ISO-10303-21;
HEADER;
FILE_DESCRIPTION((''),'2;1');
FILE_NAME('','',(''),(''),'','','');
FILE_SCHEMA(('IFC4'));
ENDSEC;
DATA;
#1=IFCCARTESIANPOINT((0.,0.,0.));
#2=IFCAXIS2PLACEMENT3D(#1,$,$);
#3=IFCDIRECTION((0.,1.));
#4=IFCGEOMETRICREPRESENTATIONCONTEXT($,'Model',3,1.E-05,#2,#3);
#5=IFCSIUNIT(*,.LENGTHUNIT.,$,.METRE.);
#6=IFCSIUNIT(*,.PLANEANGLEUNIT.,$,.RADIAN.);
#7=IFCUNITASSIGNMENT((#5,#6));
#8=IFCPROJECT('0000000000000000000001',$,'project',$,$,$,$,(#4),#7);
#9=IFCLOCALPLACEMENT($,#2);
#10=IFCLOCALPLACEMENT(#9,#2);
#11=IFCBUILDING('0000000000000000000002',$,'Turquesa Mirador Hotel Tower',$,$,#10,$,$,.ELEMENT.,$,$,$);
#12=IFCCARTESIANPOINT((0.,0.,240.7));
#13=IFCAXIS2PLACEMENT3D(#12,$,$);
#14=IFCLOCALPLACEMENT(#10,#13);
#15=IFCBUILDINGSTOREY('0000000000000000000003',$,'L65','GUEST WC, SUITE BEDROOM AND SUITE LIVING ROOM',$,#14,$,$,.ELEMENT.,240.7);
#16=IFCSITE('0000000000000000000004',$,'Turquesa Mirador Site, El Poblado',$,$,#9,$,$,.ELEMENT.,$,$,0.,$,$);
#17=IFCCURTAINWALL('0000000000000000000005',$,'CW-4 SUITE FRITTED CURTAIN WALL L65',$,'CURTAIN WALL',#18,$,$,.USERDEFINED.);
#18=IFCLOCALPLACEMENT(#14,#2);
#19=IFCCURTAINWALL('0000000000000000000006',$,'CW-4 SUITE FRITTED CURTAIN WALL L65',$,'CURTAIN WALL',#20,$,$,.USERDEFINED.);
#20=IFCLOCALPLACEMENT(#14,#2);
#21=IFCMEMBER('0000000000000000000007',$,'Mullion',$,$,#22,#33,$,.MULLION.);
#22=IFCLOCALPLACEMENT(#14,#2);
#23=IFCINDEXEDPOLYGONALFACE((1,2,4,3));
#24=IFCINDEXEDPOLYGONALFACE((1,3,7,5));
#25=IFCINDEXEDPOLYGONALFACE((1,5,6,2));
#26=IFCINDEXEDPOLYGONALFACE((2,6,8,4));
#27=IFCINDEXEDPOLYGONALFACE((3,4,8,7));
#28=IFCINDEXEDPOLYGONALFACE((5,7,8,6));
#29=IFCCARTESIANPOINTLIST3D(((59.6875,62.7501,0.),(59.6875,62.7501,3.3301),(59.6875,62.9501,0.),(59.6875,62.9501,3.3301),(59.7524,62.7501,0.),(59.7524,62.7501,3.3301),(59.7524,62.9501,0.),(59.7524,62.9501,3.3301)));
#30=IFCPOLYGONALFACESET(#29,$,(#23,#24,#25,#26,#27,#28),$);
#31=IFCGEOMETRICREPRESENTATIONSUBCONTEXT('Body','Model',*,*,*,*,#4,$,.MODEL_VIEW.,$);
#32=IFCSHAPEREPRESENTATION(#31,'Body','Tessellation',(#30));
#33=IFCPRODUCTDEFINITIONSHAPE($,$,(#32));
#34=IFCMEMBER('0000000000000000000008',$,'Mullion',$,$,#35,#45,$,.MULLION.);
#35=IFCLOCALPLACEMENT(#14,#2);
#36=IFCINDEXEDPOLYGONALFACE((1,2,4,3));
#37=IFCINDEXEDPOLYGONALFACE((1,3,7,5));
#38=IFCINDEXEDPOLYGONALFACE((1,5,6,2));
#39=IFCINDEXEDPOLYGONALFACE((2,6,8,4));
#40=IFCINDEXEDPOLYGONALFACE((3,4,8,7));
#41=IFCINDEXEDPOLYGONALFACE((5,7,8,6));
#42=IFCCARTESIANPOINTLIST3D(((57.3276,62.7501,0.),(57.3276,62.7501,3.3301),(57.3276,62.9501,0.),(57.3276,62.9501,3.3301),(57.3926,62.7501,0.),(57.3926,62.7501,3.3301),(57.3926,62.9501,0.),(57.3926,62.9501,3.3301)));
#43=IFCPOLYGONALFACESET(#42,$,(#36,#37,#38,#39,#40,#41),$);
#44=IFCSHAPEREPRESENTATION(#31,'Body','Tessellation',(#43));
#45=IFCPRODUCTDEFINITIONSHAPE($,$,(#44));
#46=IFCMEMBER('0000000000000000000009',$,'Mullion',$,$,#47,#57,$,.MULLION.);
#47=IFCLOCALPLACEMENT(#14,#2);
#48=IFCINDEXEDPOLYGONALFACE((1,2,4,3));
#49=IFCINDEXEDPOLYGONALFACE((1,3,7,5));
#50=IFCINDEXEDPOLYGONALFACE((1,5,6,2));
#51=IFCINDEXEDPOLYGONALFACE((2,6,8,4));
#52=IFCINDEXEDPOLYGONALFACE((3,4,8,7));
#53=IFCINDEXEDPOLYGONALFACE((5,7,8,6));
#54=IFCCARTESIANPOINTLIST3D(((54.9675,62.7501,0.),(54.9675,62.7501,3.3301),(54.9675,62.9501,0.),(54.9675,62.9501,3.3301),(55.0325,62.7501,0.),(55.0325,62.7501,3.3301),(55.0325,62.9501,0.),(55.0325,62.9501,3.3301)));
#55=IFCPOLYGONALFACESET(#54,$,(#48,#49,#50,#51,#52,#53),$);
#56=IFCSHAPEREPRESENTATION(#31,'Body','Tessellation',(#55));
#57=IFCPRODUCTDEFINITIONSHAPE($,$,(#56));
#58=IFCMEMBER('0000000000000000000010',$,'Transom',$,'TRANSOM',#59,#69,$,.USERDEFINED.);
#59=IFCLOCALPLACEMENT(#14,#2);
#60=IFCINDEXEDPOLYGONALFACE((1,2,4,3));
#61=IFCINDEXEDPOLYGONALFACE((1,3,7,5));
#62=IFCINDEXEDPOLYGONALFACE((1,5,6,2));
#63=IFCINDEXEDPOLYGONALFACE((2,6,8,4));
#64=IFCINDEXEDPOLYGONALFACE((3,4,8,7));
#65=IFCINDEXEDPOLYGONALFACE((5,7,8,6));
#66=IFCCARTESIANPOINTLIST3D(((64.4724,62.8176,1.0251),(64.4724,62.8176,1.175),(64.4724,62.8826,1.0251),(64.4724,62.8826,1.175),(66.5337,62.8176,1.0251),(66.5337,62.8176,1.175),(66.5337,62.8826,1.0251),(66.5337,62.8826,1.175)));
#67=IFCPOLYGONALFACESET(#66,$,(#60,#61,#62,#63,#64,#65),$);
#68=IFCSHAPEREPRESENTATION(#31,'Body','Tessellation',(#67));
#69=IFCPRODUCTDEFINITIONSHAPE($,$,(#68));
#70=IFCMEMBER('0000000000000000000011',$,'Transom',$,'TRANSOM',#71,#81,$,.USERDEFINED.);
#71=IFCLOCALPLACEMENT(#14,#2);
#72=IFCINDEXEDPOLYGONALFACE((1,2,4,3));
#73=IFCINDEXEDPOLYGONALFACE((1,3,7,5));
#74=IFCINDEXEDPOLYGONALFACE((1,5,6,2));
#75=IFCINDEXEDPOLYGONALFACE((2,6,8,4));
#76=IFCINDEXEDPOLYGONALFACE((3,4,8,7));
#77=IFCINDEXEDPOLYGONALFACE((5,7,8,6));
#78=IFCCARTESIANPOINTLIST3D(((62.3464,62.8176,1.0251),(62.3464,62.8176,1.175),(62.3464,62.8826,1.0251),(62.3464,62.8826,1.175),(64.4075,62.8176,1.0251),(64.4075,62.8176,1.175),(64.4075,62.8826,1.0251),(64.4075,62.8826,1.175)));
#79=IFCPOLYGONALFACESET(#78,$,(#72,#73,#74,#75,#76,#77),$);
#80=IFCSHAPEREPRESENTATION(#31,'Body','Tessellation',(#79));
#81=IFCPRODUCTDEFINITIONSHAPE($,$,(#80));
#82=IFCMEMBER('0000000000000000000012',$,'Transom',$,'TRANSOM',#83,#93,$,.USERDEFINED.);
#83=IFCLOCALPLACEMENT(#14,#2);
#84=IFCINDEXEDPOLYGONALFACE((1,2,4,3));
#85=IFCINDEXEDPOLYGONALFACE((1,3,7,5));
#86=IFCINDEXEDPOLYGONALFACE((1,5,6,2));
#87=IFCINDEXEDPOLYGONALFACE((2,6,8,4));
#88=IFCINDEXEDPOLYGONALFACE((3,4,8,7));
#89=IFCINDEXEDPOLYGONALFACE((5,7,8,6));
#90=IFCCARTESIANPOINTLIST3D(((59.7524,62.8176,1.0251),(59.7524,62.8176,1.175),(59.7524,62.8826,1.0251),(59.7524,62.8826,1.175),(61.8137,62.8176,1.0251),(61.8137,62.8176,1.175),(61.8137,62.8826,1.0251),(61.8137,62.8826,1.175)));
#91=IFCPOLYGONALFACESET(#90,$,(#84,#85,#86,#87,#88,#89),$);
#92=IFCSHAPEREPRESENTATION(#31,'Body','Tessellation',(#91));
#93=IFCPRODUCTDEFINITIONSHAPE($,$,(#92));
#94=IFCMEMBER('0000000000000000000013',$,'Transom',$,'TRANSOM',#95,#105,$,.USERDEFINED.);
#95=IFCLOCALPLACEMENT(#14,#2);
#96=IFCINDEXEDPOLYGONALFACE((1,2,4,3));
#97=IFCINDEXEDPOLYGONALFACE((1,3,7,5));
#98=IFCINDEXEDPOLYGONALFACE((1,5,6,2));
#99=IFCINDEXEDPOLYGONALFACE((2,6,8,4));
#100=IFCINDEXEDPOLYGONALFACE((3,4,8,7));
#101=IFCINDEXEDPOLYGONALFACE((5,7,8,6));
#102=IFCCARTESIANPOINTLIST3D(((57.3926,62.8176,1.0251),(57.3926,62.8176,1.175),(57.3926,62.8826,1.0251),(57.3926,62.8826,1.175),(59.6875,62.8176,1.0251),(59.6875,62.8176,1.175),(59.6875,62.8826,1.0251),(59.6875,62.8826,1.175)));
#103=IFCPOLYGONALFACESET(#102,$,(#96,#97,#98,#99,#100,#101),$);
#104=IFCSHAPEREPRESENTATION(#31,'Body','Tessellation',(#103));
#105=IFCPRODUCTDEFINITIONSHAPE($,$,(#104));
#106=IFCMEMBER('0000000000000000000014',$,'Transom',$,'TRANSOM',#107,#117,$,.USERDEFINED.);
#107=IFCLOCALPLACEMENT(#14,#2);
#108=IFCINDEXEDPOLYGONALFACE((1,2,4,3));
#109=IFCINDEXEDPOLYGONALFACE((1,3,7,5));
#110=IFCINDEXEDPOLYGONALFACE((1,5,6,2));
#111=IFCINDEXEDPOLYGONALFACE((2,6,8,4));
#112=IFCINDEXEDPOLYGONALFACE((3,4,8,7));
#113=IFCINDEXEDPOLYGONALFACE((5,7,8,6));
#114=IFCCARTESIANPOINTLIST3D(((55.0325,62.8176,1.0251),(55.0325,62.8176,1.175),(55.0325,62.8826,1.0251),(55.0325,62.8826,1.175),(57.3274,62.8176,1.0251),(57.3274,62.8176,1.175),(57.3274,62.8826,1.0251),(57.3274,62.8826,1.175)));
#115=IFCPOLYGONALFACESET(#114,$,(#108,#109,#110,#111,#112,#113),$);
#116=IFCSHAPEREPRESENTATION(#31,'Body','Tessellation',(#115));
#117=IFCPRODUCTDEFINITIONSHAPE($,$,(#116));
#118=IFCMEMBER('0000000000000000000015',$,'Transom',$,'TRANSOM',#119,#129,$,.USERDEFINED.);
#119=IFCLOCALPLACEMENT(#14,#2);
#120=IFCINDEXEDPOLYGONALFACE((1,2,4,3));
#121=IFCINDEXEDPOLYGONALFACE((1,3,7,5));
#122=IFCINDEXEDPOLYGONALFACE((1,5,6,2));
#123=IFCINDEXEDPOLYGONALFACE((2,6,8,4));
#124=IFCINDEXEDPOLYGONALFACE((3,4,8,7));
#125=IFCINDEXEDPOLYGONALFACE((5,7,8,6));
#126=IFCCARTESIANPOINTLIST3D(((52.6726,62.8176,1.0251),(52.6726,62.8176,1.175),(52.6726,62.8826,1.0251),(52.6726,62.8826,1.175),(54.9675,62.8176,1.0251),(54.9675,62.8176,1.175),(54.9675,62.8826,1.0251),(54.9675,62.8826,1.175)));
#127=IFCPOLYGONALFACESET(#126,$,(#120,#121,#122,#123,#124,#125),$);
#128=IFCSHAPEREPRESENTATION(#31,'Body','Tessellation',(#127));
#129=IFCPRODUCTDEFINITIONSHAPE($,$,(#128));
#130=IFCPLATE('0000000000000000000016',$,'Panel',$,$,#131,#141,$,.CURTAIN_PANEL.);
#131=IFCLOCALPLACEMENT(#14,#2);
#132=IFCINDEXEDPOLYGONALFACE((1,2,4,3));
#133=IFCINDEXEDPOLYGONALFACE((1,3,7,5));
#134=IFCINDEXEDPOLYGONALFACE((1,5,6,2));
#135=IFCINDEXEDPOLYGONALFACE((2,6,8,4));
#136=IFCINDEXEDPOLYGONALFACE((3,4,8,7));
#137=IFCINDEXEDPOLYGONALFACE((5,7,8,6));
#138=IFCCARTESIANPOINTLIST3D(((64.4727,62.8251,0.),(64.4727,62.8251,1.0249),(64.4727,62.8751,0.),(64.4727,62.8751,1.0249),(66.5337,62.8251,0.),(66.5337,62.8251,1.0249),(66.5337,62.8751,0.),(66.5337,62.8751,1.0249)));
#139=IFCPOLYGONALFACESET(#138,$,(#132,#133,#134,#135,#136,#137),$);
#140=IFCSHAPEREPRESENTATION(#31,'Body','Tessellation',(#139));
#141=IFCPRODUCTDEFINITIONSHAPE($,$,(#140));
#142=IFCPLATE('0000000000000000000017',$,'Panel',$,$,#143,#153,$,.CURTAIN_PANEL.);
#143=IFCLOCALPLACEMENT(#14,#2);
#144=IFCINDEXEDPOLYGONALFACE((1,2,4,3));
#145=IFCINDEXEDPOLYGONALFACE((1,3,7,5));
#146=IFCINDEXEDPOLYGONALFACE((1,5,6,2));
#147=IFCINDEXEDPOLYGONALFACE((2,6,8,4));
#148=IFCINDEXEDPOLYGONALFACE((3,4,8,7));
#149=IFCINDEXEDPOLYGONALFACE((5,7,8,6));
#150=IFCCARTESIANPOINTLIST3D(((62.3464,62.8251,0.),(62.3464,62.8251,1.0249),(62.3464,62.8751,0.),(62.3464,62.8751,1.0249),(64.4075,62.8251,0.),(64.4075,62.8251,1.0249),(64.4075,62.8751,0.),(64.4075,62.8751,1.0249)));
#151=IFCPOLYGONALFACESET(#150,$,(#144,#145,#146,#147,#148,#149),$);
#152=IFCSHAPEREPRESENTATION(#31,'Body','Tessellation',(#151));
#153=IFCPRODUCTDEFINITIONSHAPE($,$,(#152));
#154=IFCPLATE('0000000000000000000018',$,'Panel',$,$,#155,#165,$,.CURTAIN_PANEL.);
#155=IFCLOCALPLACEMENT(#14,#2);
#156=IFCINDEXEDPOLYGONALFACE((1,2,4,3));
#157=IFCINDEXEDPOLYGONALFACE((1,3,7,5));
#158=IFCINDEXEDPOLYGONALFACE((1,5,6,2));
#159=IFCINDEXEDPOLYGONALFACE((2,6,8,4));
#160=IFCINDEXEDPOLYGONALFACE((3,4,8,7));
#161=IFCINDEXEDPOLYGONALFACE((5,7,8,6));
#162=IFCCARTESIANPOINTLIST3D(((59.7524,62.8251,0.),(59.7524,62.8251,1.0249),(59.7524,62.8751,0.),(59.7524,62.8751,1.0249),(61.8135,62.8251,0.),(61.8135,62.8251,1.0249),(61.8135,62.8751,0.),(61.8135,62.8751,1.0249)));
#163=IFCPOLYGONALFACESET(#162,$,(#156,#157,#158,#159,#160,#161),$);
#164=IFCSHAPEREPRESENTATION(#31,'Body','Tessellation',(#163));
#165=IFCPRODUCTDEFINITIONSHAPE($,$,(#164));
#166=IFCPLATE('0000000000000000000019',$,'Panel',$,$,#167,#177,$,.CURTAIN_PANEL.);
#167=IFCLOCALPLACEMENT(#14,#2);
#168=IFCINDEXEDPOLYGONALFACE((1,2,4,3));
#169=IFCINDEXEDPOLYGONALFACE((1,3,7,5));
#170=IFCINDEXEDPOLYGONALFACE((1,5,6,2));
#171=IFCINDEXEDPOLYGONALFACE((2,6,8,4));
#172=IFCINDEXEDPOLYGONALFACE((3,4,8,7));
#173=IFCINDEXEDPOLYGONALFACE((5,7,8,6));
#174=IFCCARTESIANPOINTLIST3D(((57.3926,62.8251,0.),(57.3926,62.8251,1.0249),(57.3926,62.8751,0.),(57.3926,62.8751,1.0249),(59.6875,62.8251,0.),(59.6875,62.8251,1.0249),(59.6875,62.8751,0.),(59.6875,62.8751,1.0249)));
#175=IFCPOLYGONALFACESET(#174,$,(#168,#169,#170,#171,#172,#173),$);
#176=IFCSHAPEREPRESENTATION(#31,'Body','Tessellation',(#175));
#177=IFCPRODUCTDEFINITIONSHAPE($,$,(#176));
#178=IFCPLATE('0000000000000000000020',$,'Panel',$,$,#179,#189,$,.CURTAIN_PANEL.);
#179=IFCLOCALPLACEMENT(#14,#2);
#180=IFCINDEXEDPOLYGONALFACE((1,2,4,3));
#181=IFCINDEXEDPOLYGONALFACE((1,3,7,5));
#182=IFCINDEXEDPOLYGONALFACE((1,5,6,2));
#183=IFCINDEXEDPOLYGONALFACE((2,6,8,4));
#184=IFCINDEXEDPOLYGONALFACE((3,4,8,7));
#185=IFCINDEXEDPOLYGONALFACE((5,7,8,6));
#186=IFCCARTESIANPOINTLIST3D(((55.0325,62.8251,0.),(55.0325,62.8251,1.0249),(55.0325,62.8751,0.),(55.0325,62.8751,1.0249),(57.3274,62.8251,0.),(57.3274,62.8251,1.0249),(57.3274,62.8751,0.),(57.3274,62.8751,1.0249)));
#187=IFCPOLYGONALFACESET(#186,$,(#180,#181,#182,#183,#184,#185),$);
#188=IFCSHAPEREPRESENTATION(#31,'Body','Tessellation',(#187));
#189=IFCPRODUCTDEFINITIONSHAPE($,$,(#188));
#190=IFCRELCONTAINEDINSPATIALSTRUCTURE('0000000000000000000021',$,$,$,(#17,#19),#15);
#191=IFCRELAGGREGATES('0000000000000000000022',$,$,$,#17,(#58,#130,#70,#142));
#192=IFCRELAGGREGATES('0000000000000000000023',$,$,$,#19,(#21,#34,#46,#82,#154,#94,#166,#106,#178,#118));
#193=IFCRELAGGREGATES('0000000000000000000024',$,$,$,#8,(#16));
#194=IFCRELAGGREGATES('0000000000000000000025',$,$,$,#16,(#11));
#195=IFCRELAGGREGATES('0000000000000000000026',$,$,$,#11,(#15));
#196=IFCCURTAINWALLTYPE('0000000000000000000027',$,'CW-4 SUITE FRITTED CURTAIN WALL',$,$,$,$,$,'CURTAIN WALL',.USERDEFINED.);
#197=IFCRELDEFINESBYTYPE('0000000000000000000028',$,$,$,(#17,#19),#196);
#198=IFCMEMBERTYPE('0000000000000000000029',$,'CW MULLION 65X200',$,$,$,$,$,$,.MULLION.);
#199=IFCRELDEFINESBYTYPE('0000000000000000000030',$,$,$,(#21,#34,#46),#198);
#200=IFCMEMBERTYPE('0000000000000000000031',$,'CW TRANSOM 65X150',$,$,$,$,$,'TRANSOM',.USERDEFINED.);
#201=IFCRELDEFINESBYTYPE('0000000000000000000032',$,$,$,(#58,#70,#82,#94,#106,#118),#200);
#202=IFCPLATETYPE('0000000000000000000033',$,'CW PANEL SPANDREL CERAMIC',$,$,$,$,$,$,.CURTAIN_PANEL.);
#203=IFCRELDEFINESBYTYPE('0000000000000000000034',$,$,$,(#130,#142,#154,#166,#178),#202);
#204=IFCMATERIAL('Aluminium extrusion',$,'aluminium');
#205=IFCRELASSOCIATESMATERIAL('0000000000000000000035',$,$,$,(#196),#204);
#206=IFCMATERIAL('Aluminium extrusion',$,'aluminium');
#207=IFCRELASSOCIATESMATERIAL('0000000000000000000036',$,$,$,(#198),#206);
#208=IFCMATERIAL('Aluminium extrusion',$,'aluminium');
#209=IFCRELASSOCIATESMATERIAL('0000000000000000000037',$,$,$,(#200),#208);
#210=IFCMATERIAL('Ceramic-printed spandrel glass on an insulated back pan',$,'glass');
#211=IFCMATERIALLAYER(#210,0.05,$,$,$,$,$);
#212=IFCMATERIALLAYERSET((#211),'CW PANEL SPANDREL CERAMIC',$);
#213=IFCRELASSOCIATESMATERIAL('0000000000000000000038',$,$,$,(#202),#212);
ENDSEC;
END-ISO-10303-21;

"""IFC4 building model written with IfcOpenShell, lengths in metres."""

from ifc_helpers import new_model, si_unit, direction, frame, origin, origin_2d, place, context, subcontext, project, spatial, rectangle, extrude, material, layer, layer_set, material_profile, profile_set, type_object, element, aggregate, save


model = new_model("IFC4")

# Units and contexts
model_context = context("Model", 3, precision=1e-05, world=origin(), true_north=direction((0.0, 1.0)))
body_context = subcontext(model_context, "Body", "Model", "MODEL_VIEW")
ifc_project = project(units=[si_unit("LENGTHUNIT", "METRE"), si_unit("PLANEANGLEUNIT", "RADIAN")], contexts=[model_context])

# Site, building, storey
site_placement = place(None, origin())
site = spatial("IfcSite", under=ifc_project, at=site_placement, Name="Turquesa Mirador Site, El Poblado", CompositionType="ELEMENT", RefElevation=0.0)
building_placement = place(site_placement, origin())
building = spatial("IfcBuilding", under=site, at=building_placement, Name="Turquesa Mirador Hotel Tower", CompositionType="ELEMENT")
storey_placement = place(building_placement, frame((0.0, 0.0, 240.7)))
storey = spatial("IfcBuildingStorey", under=building, at=storey_placement, Name="L65", Description="GUEST WC, SUITE BEDROOM AND SUITE LIVING ROOM", CompositionType="ELEMENT", Elevation=240.7)

# Curtain walls, members
ifc_material_1 = material(Name="Aluminium extrusion", Category="aluminium")
curtain_wall_type = type_object("IfcCurtainWallType", Name="CW-4 SUITE FRITTED CURTAIN WALL", ElementType="CURTAIN WALL", PredefinedType="USERDEFINED", material=ifc_material_1)
curtain_wall_1_placement = place(storey_placement, origin())
curtain_wall_1 = element("IfcCurtainWall", 1, at=curtain_wall_1_placement, inside=storey, type_object=curtain_wall_type, Name="CW-4 SUITE FRITTED CURTAIN WALL L65", ObjectType="CURTAIN WALL", PredefinedType="USERDEFINED")
ifc_material_2 = material(Name="Aluminium extrusion", Category="aluminium")
ifc_material_profile_1 = material_profile(ifc_material_2, rectangle(XDim=0.0649, YDim=0.2, at=origin_2d()), Name="MULLION 65X200")
ifc_profile_set_1 = profile_set([ifc_material_profile_1], Name="Aluminium extrusion")
member_type_1 = type_object("IfcMemberType", Name="CW MULLION 65X200", PredefinedType="MULLION", material=ifc_profile_set_1)
curtain_wall_2_placement = place(storey_placement, origin())
curtain_wall_2 = element("IfcCurtainWall", 2, at=curtain_wall_2_placement, inside=storey, type_object=curtain_wall_type, Name="CW-4 SUITE FRITTED CURTAIN WALL L65", ObjectType="CURTAIN WALL", PredefinedType="USERDEFINED")
member_1_placement = place(storey_placement, frame((59.72, 62.8501, 0.0), z_axis=(0.0, 0.0, 1.0), x_axis=(-1.0, 0.0, 0.0)))
member_1 = element("IfcMember", 3, at=member_1_placement, type_object=member_type_1, Name="Mullion", PredefinedType="MULLION", context=body_context, shape_type="SweptSolid", body=[
    extrude(rectangle(XDim=0.0649, YDim=0.2, at=origin_2d()), origin(), (0.0, 0.0, 1.0), 3.3301),
])
member_2_placement = place(storey_placement, frame((57.3601, 62.8501, 0.0), z_axis=(0.0, 0.0, 1.0), x_axis=(-1.0, 0.0, 0.0)))
member_2 = element("IfcMember", 4, at=member_2_placement, type_object=member_type_1, Name="Mullion", PredefinedType="MULLION", context=body_context, shape_type="SweptSolid", body=[
    extrude(rectangle(XDim=0.0649, YDim=0.2, at=origin_2d()), origin(), (0.0, 0.0, 1.0), 3.3301),
])
member_3_placement = place(storey_placement, frame((55.0, 62.8501, 0.0), z_axis=(0.0, 0.0, 1.0), x_axis=(-1.0, 0.0, 0.0)))
member_3 = element("IfcMember", 5, at=member_3_placement, type_object=member_type_1, Name="Mullion", PredefinedType="MULLION", context=body_context, shape_type="SweptSolid", body=[
    extrude(rectangle(XDim=0.0649, YDim=0.2, at=origin_2d()), origin(), (0.0, 0.0, 1.0), 3.3301),
])

# Members
ifc_material_3 = material(Name="Aluminium extrusion", Category="aluminium")
ifc_material_profile_2 = material_profile(ifc_material_3, rectangle(XDim=0.0649, YDim=0.1499, at=origin_2d()), Name="TRANSOM 65X150")
ifc_profile_set_2 = profile_set([ifc_material_profile_2], Name="Aluminium extrusion")
member_type_2 = type_object("IfcMemberType", Name="CW TRANSOM 65X150", ElementType="TRANSOM", PredefinedType="USERDEFINED", material=ifc_profile_set_2)
member_4_placement = place(storey_placement, frame((66.5337, 62.8501, 1.1001), z_axis=(-1.0, 0.0, 0.0), x_axis=(0.0, -1.0, 0.0)))
member_4 = element("IfcMember", 6, at=member_4_placement, type_object=member_type_2, Name="Transom", ObjectType="TRANSOM", PredefinedType="USERDEFINED", context=body_context, shape_type="SweptSolid", body=[
    extrude(rectangle(XDim=0.0649, YDim=0.1499, at=origin_2d()), origin(), (0.0, 0.0, 1.0), 2.0613),
])
member_5_placement = place(storey_placement, frame((64.4075, 62.8501, 1.1001), z_axis=(-1.0, 0.0, 0.0), x_axis=(0.0, -1.0, 0.0)))
member_5 = element("IfcMember", 7, at=member_5_placement, type_object=member_type_2, Name="Transom", ObjectType="TRANSOM", PredefinedType="USERDEFINED", context=body_context, shape_type="SweptSolid", body=[
    extrude(rectangle(XDim=0.0649, YDim=0.1499, at=origin_2d()), origin(), (0.0, 0.0, 1.0), 2.061),
])
member_6_placement = place(storey_placement, frame((61.8137, 62.8501, 1.1001), z_axis=(-1.0, 0.0, 0.0), x_axis=(0.0, -1.0, 0.0)))
member_6 = element("IfcMember", 8, at=member_6_placement, type_object=member_type_2, Name="Transom", ObjectType="TRANSOM", PredefinedType="USERDEFINED", context=body_context, shape_type="SweptSolid", body=[
    extrude(rectangle(XDim=0.0649, YDim=0.1499, at=origin_2d()), origin(), (0.0, 0.0, 1.0), 2.0613),
])
member_7_placement = place(storey_placement, frame((59.6875, 62.8501, 1.1001), z_axis=(-1.0, 0.0, 0.0), x_axis=(0.0, -1.0, 0.0)))
member_7 = element("IfcMember", 9, at=member_7_placement, type_object=member_type_2, Name="Transom", ObjectType="TRANSOM", PredefinedType="USERDEFINED", context=body_context, shape_type="SweptSolid", body=[
    extrude(rectangle(XDim=0.0649, YDim=0.1499, at=origin_2d()), origin(), (0.0, 0.0, 1.0), 2.2949),
])
member_8_placement = place(storey_placement, frame((57.3274, 62.8501, 1.1001), z_axis=(-1.0, 0.0, 0.0), x_axis=(0.0, -1.0, 0.0)))
member_8 = element("IfcMember", 10, at=member_8_placement, type_object=member_type_2, Name="Transom", ObjectType="TRANSOM", PredefinedType="USERDEFINED", context=body_context, shape_type="SweptSolid", body=[
    extrude(rectangle(XDim=0.0649, YDim=0.1499, at=origin_2d()), origin(), (0.0, 0.0, 1.0), 2.2949),
])
member_9_placement = place(storey_placement, frame((54.9675, 62.8501, 1.1001), z_axis=(-1.0, 0.0, 0.0), x_axis=(0.0, -1.0, 0.0)))
member_9 = element("IfcMember", 11, at=member_9_placement, type_object=member_type_2, Name="Transom", ObjectType="TRANSOM", PredefinedType="USERDEFINED", context=body_context, shape_type="SweptSolid", body=[
    extrude(rectangle(XDim=0.0649, YDim=0.1499, at=origin_2d()), origin(), (0.0, 0.0, 1.0), 2.2949),
])

# Plates
ifc_material_4 = material(Name="Ceramic-printed spandrel glass on an insulated back pan", Category="glass")
ifc_layer_1 = layer(ifc_material_4, 0.05)
ifc_layer_set_1 = layer_set([ifc_layer_1], Name="CW PANEL SPANDREL CERAMIC")
plate_type_1 = type_object("IfcPlateType", Name="CW PANEL SPANDREL CERAMIC", PredefinedType="CURTAIN_PANEL", material=ifc_layer_set_1)
plate_1_placement = place(storey_placement, frame((65.5032, 62.8501, 0.0), z_axis=(0.0, 0.0, 1.0), x_axis=(-1.0, 0.0, 0.0)))
plate_1 = element("IfcPlate", 12, at=plate_1_placement, type_object=plate_type_1, Name="Panel", PredefinedType="CURTAIN_PANEL", context=body_context, shape_type="SweptSolid", body=[
    extrude(rectangle(XDim=2.061, YDim=0.05, at=origin_2d()), origin(), (0.0, 0.0, 1.0), 1.0249),
])
plate_2_placement = place(storey_placement, frame((63.377, 62.8501, 0.0), z_axis=(0.0, 0.0, 1.0), x_axis=(-1.0, 0.0, 0.0)))
plate_2 = element("IfcPlate", 13, at=plate_2_placement, type_object=plate_type_1, Name="Panel", PredefinedType="CURTAIN_PANEL", context=body_context, shape_type="SweptSolid", body=[
    extrude(rectangle(XDim=2.061, YDim=0.05, at=origin_2d()), origin(), (0.0, 0.0, 1.0), 1.0249),
])
plate_3_placement = place(storey_placement, frame((60.783, 62.8501, 0.0), z_axis=(0.0, 0.0, 1.0), x_axis=(-1.0, 0.0, 0.0)))
plate_3 = element("IfcPlate", 14, at=plate_3_placement, type_object=plate_type_1, Name="Panel", PredefinedType="CURTAIN_PANEL", context=body_context, shape_type="SweptSolid", body=[
    extrude(rectangle(XDim=2.061, YDim=0.05, at=origin_2d()), origin(), (0.0, 0.0, 1.0), 1.0249),
])
plate_4_placement = place(storey_placement, frame((58.54, 62.8501, 0.0), z_axis=(0.0, 0.0, 1.0), x_axis=(-1.0, 0.0, 0.0)))
plate_4 = element("IfcPlate", 15, at=plate_4_placement, type_object=plate_type_1, Name="Panel", PredefinedType="CURTAIN_PANEL", context=body_context, shape_type="SweptSolid", body=[
    extrude(rectangle(XDim=2.2949, YDim=0.05, at=origin_2d()), origin(), (0.0, 0.0, 1.0), 1.0249),
])
plate_5_placement = place(storey_placement, frame((56.1799, 62.8501, 0.0), z_axis=(0.0, 0.0, 1.0), x_axis=(-1.0, 0.0, 0.0)))
plate_5 = element("IfcPlate", 16, at=plate_5_placement, type_object=plate_type_1, Name="Panel", PredefinedType="CURTAIN_PANEL", context=body_context, shape_type="SweptSolid", body=[
    extrude(rectangle(XDim=2.2949, YDim=0.05, at=origin_2d()), origin(), (0.0, 0.0, 1.0), 1.0249),
])
aggregate(curtain_wall_1, [member_4, plate_1, member_5, plate_2])
aggregate(curtain_wall_2, [member_1, member_2, member_3, member_6, plate_3, member_7, plate_4, member_8, plate_5, member_9])

save(model, "model.ifc")
